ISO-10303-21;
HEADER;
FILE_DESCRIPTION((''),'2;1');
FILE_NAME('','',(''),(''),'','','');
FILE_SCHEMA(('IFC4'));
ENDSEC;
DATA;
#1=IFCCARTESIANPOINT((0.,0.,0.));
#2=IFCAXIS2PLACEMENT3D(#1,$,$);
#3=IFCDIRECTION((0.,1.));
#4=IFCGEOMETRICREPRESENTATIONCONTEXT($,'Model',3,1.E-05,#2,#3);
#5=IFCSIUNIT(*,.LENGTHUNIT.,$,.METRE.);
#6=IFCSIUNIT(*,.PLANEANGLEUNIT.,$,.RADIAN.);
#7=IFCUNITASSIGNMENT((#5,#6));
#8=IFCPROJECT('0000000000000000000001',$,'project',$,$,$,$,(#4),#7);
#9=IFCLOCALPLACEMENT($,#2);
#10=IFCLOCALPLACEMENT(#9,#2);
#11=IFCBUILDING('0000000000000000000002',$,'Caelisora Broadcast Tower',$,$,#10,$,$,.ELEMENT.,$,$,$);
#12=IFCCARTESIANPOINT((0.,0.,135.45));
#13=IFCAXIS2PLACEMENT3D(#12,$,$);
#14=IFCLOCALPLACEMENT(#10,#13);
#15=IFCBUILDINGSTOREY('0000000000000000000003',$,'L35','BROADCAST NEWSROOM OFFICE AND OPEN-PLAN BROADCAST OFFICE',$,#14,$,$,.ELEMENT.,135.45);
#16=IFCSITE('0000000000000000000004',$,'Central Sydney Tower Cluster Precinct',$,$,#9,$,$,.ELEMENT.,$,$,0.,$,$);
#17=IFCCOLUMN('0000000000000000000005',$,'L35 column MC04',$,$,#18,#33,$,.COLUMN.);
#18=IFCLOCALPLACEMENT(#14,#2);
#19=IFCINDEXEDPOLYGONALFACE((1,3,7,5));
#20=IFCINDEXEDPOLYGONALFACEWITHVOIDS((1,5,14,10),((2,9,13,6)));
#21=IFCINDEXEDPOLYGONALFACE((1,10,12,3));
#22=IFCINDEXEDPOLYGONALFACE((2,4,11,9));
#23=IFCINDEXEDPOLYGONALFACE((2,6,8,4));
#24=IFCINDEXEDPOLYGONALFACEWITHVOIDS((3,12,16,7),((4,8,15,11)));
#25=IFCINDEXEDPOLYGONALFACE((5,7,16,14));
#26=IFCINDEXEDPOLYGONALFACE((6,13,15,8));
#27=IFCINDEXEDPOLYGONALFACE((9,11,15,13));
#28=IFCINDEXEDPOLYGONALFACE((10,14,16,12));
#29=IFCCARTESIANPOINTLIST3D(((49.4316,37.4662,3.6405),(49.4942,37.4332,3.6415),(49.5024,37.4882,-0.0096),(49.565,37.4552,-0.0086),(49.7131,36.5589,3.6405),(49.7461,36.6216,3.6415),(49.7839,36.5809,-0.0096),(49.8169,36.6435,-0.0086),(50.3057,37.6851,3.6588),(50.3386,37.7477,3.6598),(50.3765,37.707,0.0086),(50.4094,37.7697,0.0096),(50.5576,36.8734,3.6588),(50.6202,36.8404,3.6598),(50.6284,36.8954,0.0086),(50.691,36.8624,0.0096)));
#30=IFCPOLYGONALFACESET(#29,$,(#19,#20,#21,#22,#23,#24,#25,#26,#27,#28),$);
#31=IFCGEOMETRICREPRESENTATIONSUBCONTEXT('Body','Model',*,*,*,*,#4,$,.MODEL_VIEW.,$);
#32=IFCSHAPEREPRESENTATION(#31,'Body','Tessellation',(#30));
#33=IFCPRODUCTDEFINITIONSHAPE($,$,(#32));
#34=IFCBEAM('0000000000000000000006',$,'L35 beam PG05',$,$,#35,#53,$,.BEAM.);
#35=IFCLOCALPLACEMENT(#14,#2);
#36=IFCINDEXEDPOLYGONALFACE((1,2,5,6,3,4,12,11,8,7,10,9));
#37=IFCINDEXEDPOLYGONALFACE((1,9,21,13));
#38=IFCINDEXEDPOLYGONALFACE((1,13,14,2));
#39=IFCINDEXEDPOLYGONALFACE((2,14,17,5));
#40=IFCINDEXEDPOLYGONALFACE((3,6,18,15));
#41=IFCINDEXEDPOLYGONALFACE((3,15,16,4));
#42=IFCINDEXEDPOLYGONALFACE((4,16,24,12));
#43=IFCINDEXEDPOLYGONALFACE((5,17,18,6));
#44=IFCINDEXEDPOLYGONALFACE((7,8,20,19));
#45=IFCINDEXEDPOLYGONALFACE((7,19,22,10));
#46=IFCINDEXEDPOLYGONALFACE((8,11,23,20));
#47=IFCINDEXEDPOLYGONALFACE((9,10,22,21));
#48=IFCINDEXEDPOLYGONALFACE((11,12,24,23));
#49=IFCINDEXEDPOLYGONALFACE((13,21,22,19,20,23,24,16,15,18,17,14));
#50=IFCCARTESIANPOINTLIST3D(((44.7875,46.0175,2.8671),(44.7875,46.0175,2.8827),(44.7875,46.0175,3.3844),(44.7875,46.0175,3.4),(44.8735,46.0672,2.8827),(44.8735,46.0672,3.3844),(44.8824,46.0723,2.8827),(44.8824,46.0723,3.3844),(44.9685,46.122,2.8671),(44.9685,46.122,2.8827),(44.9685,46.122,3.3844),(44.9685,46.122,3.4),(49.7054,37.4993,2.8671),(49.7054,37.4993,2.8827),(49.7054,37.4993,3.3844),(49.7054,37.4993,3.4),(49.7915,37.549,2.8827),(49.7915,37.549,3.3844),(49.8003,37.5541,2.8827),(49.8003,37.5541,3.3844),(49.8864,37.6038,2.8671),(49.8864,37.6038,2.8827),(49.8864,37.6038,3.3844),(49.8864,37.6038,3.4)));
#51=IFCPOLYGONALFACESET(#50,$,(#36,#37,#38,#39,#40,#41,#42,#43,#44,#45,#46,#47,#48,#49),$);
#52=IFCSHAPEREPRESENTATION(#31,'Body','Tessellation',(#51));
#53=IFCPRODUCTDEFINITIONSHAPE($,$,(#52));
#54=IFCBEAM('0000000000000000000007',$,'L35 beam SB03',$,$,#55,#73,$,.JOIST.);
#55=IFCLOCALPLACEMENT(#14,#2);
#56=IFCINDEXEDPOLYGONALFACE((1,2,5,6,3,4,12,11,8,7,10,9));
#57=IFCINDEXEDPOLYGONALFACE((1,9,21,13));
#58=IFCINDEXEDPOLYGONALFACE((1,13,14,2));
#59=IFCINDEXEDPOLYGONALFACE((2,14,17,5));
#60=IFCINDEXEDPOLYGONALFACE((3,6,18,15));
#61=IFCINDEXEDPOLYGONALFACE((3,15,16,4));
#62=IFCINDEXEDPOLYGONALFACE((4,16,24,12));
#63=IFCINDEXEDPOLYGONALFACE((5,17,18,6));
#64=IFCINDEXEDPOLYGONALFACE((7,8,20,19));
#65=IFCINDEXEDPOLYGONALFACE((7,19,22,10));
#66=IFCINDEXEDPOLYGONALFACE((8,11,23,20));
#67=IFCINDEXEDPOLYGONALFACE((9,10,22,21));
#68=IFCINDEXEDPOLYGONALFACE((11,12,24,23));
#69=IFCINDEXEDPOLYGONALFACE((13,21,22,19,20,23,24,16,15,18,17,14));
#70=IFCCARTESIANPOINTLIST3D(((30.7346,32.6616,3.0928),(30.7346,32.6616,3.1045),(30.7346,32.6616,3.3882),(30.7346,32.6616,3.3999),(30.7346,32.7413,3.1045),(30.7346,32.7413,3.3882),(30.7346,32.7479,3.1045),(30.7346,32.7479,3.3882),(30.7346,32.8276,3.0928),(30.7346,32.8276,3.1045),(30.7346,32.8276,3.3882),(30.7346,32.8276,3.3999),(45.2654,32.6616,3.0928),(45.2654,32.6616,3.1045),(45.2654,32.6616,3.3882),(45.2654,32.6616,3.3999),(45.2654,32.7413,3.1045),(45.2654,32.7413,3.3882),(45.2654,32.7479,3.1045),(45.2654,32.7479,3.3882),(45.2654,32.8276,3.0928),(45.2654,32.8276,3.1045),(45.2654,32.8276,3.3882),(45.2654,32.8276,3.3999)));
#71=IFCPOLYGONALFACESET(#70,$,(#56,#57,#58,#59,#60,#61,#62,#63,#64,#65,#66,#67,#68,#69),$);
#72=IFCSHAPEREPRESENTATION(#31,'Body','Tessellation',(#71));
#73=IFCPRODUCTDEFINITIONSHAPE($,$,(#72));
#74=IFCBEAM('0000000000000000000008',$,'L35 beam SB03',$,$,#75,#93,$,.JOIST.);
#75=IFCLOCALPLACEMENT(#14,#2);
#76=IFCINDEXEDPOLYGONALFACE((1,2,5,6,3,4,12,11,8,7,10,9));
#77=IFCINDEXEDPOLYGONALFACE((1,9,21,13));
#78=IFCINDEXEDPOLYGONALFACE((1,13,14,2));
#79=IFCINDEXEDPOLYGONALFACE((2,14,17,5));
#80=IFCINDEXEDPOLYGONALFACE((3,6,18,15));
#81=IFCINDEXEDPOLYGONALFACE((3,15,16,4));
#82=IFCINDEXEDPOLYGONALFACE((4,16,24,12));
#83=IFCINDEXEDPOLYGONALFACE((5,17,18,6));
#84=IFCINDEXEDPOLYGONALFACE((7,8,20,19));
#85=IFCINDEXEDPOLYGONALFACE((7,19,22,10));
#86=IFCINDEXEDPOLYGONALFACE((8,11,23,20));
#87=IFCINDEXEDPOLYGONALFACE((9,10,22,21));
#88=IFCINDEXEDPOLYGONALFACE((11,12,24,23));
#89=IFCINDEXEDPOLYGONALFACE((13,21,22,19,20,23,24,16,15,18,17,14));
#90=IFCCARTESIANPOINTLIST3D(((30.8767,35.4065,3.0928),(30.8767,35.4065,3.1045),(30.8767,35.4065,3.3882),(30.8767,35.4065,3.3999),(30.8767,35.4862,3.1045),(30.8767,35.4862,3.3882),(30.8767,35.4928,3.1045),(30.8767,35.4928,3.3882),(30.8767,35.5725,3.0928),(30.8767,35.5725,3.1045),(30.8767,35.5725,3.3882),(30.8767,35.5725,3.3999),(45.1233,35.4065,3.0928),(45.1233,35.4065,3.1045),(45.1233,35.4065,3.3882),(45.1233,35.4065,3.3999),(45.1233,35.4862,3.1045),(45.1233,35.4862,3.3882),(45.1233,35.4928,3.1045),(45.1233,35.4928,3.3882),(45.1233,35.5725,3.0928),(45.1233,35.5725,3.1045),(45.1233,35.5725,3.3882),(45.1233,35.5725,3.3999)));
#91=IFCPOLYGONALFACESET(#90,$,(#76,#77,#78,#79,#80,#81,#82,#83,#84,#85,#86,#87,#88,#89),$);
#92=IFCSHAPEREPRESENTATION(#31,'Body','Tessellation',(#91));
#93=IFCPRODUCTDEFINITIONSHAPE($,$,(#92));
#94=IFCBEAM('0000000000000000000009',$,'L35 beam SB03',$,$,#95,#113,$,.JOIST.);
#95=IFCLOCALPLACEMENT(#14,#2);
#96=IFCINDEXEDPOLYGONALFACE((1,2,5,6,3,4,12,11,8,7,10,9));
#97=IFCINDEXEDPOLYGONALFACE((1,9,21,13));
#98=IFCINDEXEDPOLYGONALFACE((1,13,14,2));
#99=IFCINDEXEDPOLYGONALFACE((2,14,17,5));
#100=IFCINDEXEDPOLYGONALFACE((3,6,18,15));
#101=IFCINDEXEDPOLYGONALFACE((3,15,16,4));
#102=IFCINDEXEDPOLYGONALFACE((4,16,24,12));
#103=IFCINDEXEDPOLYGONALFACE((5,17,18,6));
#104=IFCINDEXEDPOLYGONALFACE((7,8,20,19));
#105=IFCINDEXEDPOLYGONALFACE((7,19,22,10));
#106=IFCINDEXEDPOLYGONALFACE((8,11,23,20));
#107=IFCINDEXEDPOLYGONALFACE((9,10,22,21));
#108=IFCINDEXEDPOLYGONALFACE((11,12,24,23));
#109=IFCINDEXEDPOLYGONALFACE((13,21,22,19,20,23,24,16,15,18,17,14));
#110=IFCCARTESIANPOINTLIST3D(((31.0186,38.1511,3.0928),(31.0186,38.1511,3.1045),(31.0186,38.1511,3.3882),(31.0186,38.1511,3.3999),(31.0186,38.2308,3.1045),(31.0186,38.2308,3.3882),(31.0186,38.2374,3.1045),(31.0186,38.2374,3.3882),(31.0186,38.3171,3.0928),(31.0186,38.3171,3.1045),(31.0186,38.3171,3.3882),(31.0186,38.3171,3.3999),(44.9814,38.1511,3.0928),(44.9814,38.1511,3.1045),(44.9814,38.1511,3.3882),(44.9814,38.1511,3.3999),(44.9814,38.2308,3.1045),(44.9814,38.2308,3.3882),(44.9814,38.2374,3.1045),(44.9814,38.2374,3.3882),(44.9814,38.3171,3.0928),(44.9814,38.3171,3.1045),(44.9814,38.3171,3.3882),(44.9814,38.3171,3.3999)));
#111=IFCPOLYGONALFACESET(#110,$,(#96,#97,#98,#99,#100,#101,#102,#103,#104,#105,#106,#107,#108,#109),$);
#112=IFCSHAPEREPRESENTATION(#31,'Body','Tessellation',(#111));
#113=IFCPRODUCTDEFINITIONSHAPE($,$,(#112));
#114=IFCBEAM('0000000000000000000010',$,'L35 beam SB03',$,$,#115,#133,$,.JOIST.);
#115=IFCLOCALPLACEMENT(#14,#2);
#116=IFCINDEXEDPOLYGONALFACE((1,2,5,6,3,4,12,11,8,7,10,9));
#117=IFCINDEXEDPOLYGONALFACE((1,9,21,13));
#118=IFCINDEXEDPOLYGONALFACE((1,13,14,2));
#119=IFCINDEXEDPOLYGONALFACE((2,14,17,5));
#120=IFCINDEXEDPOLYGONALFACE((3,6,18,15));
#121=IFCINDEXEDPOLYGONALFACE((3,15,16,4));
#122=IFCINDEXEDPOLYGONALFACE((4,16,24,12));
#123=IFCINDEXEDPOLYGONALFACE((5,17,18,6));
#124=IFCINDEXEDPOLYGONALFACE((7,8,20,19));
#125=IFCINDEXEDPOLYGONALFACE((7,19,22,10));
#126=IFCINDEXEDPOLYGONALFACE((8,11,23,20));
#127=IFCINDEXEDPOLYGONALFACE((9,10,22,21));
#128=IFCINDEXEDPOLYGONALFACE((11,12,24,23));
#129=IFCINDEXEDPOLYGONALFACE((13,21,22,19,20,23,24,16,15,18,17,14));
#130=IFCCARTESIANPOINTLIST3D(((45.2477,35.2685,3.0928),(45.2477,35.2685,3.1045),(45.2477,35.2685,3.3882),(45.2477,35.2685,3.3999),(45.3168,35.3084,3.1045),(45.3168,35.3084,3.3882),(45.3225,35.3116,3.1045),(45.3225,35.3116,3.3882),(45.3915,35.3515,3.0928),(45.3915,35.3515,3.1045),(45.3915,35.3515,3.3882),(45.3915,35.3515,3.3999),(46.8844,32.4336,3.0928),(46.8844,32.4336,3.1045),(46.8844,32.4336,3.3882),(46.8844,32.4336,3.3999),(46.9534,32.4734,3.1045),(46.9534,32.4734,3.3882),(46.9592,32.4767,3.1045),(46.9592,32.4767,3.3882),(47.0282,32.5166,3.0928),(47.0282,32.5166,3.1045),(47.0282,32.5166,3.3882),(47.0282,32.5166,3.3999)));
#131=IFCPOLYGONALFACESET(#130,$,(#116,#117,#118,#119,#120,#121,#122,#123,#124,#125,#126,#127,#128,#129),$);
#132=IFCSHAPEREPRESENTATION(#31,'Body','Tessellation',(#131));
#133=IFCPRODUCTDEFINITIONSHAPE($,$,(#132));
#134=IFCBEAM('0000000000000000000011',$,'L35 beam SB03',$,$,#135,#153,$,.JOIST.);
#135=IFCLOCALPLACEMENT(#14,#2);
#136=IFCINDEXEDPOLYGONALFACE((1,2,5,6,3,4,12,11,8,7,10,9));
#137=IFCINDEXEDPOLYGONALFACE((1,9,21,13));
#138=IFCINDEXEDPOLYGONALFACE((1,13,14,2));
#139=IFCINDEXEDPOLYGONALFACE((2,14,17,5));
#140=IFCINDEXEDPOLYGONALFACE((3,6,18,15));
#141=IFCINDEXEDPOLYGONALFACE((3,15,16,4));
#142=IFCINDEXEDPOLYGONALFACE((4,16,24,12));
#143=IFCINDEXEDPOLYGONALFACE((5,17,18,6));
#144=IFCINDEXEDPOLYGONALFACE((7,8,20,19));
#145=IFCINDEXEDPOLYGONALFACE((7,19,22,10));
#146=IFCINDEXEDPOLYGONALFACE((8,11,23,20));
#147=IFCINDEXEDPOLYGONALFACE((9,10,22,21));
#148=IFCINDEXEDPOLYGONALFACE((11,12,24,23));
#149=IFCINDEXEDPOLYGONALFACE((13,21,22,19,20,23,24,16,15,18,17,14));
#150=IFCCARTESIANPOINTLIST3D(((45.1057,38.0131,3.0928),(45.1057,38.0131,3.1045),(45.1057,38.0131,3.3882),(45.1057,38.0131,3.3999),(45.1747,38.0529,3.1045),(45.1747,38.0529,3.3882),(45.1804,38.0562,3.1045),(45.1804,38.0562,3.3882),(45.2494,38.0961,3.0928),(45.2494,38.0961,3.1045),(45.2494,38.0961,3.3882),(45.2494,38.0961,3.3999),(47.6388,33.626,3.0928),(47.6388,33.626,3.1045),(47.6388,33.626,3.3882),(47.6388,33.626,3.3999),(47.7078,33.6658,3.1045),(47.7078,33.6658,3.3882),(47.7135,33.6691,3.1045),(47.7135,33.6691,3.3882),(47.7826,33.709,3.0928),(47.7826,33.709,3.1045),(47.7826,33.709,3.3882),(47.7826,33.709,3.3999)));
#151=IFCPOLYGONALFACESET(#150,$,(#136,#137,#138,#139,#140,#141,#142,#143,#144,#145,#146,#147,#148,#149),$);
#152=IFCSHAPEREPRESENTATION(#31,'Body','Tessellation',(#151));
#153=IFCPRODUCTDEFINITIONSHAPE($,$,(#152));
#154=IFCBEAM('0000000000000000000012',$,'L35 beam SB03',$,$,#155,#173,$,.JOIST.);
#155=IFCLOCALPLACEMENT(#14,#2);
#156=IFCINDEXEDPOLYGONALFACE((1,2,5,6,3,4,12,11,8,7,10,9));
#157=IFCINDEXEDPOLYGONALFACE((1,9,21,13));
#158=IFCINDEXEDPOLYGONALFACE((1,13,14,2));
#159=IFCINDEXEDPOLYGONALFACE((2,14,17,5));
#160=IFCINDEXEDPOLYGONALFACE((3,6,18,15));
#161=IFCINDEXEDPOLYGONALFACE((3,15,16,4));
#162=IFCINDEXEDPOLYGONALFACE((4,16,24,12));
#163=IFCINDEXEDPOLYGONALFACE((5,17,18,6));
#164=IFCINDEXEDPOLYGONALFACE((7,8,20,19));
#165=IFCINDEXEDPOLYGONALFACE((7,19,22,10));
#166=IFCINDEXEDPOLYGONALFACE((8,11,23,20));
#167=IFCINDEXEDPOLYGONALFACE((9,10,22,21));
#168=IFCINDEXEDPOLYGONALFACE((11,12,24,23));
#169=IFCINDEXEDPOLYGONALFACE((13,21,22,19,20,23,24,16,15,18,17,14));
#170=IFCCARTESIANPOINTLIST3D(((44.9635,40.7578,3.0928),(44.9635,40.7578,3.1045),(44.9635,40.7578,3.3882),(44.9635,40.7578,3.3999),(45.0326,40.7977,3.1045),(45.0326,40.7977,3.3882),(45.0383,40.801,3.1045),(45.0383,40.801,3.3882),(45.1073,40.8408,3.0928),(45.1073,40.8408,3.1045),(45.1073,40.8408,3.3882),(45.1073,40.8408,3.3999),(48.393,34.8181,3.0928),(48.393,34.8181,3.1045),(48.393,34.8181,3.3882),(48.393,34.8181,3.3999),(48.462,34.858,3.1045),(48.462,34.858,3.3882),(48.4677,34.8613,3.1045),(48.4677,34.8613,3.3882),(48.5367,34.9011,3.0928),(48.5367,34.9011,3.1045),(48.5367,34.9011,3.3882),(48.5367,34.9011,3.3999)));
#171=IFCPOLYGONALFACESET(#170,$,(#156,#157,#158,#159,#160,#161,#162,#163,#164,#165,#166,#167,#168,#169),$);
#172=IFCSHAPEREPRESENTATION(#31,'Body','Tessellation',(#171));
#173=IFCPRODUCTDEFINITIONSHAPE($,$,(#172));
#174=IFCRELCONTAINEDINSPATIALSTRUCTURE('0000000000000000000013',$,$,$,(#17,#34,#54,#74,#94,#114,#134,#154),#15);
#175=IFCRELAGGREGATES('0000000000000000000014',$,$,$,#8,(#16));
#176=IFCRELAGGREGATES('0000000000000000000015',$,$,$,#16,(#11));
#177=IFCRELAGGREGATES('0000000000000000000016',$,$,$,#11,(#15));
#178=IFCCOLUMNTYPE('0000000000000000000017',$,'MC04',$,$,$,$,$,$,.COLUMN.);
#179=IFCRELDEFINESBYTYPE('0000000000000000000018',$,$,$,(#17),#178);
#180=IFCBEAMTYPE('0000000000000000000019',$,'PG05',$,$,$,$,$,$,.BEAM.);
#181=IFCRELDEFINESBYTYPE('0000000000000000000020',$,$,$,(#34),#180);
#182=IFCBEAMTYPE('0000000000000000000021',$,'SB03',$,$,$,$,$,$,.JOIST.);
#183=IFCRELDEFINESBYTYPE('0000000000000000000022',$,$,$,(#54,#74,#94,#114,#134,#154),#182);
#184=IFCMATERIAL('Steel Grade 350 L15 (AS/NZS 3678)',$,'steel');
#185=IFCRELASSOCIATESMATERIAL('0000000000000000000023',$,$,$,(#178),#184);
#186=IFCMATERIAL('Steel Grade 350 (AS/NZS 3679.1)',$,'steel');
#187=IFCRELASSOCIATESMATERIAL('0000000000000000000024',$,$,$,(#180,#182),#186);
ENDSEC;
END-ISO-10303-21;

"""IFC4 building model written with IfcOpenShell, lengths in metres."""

from ifc_helpers import new_model, si_unit, direction, frame, origin, origin_2d, place, context, subcontext, project, spatial, hollow_rectangle, i_section, extrude, source, transform, mapped, material, material_profile, profile_set, type_object, type_shapes, element, save


model = new_model("IFC4")

# Units and contexts
model_context = context("Model", 3, precision=1e-05, world=origin(), true_north=direction((0.0, 1.0)))
body_context = subcontext(model_context, "Body", "Model", "MODEL_VIEW")
ifc_project = project(units=[si_unit("LENGTHUNIT", "METRE"), si_unit("PLANEANGLEUNIT", "RADIAN")], contexts=[model_context])

# Site, building, storey
site_placement = place(None, origin())
site = spatial("IfcSite", under=ifc_project, at=site_placement, Name="Central Sydney Tower Cluster Precinct", CompositionType="ELEMENT", RefElevation=0.0)
building_placement = place(site_placement, origin())
building = spatial("IfcBuilding", under=site, at=building_placement, Name="Caelisora Broadcast Tower", CompositionType="ELEMENT")
storey_placement = place(building_placement, frame((0.0, 0.0, 135.45)))
storey = spatial("IfcBuildingStorey", under=building, at=storey_placement, Name="L35", Description="BROADCAST NEWSROOM OFFICE AND OPEN-PLAN BROADCAST OFFICE", CompositionType="ELEMENT", Elevation=135.45)

# Column
ifc_material_1 = material(Name="Steel Grade 350 L15 (AS/NZS 3678)", Category="steel")
ifc_material_profile_1 = material_profile(ifc_material_1, hollow_rectangle(XDim=0.95, YDim=0.95, WallThickness=0.05, at=origin_2d()), Name="Steel Grade 350 L15 (AS/NZS 3678)")
ifc_profile_set_1 = profile_set([ifc_material_profile_1], Name="Steel Grade 350 L15 (AS/NZS 3678)")
column_type = type_object("IfcColumnType", Name="MC04", PredefinedType="COLUMN", material=ifc_profile_set_1)
shared_shape_1 = source(origin(), body_context, "Body", "SweptSolid", [
    extrude(hollow_rectangle(XDim=0.95, YDim=0.95, WallThickness=0.05, at=origin_2d()), origin(), (0.0, 0.0, 1.0), 3.6509),
])
type_shapes(column_type, [shared_shape_1])
column_placement = place(storey_placement, frame((50.0967, 37.1753, 0.0), z_axis=(-0.019393, -0.006018, 0.999794), x_axis=(0.296399, -0.955064, 0.0)))
element("IfcColumn", 1, at=column_placement, inside=storey, type_object=column_type, Name="L35 column MC04", PredefinedType="COLUMN", context=body_context, shape_type="MappedRepresentation", body=[
    mapped(shared_shape_1, transform((0.0, 0.0, 0.0), scale=1.0)),
])

# Beams
ifc_material_2 = material(Name="Steel Grade 350 (AS/NZS 3679.1)", Category="steel")
ifc_material_profile_2 = material_profile(ifc_material_2, i_section(OverallWidth=0.209, OverallDepth=0.533, WebThickness=0.0103, FlangeThickness=0.0156, at=origin_2d()), Name="Steel Grade 350 (AS/NZS 3679.1)")
ifc_profile_set_2 = profile_set([ifc_material_profile_2], Name="Steel Grade 350 (AS/NZS 3679.1)")
beam_type_1 = type_object("IfcBeamType", Name="PG05", PredefinedType="BEAM", material=ifc_profile_set_2)
shared_shape_2 = source(origin(), body_context, "Body", "SweptSolid", [
    extrude(i_section(OverallWidth=0.209, OverallDepth=0.533, WebThickness=0.0103, FlangeThickness=0.0156, at=origin_2d()), origin(), (0.0, 0.0, 1.0), 9.8359),
])
type_shapes(beam_type_1, [shared_shape_2])
beam_1_placement = place(storey_placement, frame((49.7959, 37.5515, 3.1335), z_axis=(-0.499994, 0.866029, 0.0), x_axis=(-0.866029, -0.499994, 0.0)))
element("IfcBeam", 2, at=beam_1_placement, inside=storey, type_object=beam_type_1, Name="L35 beam PG05", PredefinedType="BEAM", context=body_context, shape_type="MappedRepresentation", body=[
    mapped(shared_shape_2, transform((0.0, 0.0, 0.0), scale=1.0)),
])
ifc_material_profile_3 = material_profile(ifc_material_2, i_section(OverallWidth=0.166, OverallDepth=0.3071, WebThickness=0.0066, FlangeThickness=0.0117, at=origin_2d()), Name="Steel Grade 350 (AS/NZS 3679.1)")
ifc_profile_set_3 = profile_set([ifc_material_profile_3], Name="Steel Grade 350 (AS/NZS 3679.1)")
beam_type_2 = type_object("IfcBeamType", Name="SB03", PredefinedType="JOIST", material=ifc_profile_set_3)
shared_shape_3 = source(origin(), body_context, "Body", "SweptSolid", [
    extrude(i_section(OverallWidth=0.166, OverallDepth=0.3071, WebThickness=0.0066, FlangeThickness=0.0117, at=origin_2d()), origin(), (0.0, 0.0, 1.0), 14.5308),
])
beam_2_placement = place(storey_placement, frame((45.2654, 32.7446, 3.2463), z_axis=(-1.0, 0.0, 0.0), x_axis=(0.0, -1.0, 0.0)))
element("IfcBeam", 3, at=beam_2_placement, inside=storey, type_object=beam_type_2, Name="L35 beam SB03", PredefinedType="JOIST", context=body_context, shape_type="MappedRepresentation", body=[
    mapped(shared_shape_3, transform((0.0, 0.0, 0.0), scale=1.0)),
])
shared_shape_4 = source(origin(), body_context, "Body", "SweptSolid", [
    extrude(i_section(OverallWidth=0.166, OverallDepth=0.3071, WebThickness=0.0066, FlangeThickness=0.0117, at=origin_2d()), origin(), (0.0, 0.0, 1.0), 14.2466),
])
beam_3_placement = place(storey_placement, frame((45.1233, 35.4895, 3.2463), z_axis=(-1.0, 0.0, 0.0), x_axis=(0.0, -1.0, 0.0)))
element("IfcBeam", 4, at=beam_3_placement, inside=storey, type_object=beam_type_2, Name="L35 beam SB03", PredefinedType="JOIST", context=body_context, shape_type="MappedRepresentation", body=[
    mapped(shared_shape_4, transform((0.0, 0.0, 0.0), scale=1.0)),
])
shared_shape_5 = source(origin(), body_context, "Body", "SweptSolid", [
    extrude(i_section(OverallWidth=0.166, OverallDepth=0.3071, WebThickness=0.0066, FlangeThickness=0.0117, at=origin_2d()), origin(), (0.0, 0.0, 1.0), 13.9629),
])
beam_4_placement = place(storey_placement, frame((44.9814, 38.2341, 3.2463), z_axis=(-1.0, 0.0, 0.0), x_axis=(0.0, -1.0, 0.0)))
element("IfcBeam", 5, at=beam_4_placement, inside=storey, type_object=beam_type_2, Name="L35 beam SB03", PredefinedType="JOIST", context=body_context, shape_type="MappedRepresentation", body=[
    mapped(shared_shape_5, transform((0.0, 0.0, 0.0), scale=1.0)),
])
shared_shape_6 = source(origin(), body_context, "Body", "SweptSolid", [
    extrude(i_section(OverallWidth=0.166, OverallDepth=0.3071, WebThickness=0.0066, FlangeThickness=0.0117, at=origin_2d()), origin(), (0.0, 0.0, 1.0), 3.2734),
])
beam_5_placement = place(storey_placement, frame((46.9563, 32.4751, 3.2463), z_axis=(-0.499989, 0.866032, 0.0), x_axis=(-0.866032, -0.499989, 0.0)))
element("IfcBeam", 6, at=beam_5_placement, inside=storey, type_object=beam_type_2, Name="L35 beam SB03", PredefinedType="JOIST", context=body_context, shape_type="MappedRepresentation", body=[
    mapped(shared_shape_6, transform((0.0, 0.0, 0.0), scale=1.0)),
])
shared_shape_7 = source(origin(), body_context, "Body", "SweptSolid", [
    extrude(i_section(OverallWidth=0.166, OverallDepth=0.3071, WebThickness=0.0066, FlangeThickness=0.0117, at=origin_2d()), origin(), (0.0, 0.0, 1.0), 5.0659),
])
beam_6_placement = place(storey_placement, frame((47.7107, 33.6675, 3.2463), z_axis=(-0.500037, 0.866004, 0.0), x_axis=(-0.866004, -0.500037, 0.0)))
element("IfcBeam", 7, at=beam_6_placement, inside=storey, type_object=beam_type_2, Name="L35 beam SB03", PredefinedType="JOIST", context=body_context, shape_type="MappedRepresentation", body=[
    mapped(shared_shape_7, transform((0.0, 0.0, 0.0), scale=1.0)),
])
shared_shape_8 = source(origin(), body_context, "Body", "SweptSolid", [
    extrude(i_section(OverallWidth=0.166, OverallDepth=0.3071, WebThickness=0.0066, FlangeThickness=0.0117, at=origin_2d()), origin(), (0.0, 0.0, 1.0), 6.8586),
])
beam_7_placement = place(storey_placement, frame((48.4648, 34.8596, 3.2463), z_axis=(-0.500017, 0.866015, 0.0), x_axis=(-0.866015, -0.500017, 0.0)))
element("IfcBeam", 8, at=beam_7_placement, inside=storey, type_object=beam_type_2, Name="L35 beam SB03", PredefinedType="JOIST", context=body_context, shape_type="MappedRepresentation", body=[
    mapped(shared_shape_8, transform((0.0, 0.0, 0.0), scale=1.0)),
])

save(model, "model.ifc")
